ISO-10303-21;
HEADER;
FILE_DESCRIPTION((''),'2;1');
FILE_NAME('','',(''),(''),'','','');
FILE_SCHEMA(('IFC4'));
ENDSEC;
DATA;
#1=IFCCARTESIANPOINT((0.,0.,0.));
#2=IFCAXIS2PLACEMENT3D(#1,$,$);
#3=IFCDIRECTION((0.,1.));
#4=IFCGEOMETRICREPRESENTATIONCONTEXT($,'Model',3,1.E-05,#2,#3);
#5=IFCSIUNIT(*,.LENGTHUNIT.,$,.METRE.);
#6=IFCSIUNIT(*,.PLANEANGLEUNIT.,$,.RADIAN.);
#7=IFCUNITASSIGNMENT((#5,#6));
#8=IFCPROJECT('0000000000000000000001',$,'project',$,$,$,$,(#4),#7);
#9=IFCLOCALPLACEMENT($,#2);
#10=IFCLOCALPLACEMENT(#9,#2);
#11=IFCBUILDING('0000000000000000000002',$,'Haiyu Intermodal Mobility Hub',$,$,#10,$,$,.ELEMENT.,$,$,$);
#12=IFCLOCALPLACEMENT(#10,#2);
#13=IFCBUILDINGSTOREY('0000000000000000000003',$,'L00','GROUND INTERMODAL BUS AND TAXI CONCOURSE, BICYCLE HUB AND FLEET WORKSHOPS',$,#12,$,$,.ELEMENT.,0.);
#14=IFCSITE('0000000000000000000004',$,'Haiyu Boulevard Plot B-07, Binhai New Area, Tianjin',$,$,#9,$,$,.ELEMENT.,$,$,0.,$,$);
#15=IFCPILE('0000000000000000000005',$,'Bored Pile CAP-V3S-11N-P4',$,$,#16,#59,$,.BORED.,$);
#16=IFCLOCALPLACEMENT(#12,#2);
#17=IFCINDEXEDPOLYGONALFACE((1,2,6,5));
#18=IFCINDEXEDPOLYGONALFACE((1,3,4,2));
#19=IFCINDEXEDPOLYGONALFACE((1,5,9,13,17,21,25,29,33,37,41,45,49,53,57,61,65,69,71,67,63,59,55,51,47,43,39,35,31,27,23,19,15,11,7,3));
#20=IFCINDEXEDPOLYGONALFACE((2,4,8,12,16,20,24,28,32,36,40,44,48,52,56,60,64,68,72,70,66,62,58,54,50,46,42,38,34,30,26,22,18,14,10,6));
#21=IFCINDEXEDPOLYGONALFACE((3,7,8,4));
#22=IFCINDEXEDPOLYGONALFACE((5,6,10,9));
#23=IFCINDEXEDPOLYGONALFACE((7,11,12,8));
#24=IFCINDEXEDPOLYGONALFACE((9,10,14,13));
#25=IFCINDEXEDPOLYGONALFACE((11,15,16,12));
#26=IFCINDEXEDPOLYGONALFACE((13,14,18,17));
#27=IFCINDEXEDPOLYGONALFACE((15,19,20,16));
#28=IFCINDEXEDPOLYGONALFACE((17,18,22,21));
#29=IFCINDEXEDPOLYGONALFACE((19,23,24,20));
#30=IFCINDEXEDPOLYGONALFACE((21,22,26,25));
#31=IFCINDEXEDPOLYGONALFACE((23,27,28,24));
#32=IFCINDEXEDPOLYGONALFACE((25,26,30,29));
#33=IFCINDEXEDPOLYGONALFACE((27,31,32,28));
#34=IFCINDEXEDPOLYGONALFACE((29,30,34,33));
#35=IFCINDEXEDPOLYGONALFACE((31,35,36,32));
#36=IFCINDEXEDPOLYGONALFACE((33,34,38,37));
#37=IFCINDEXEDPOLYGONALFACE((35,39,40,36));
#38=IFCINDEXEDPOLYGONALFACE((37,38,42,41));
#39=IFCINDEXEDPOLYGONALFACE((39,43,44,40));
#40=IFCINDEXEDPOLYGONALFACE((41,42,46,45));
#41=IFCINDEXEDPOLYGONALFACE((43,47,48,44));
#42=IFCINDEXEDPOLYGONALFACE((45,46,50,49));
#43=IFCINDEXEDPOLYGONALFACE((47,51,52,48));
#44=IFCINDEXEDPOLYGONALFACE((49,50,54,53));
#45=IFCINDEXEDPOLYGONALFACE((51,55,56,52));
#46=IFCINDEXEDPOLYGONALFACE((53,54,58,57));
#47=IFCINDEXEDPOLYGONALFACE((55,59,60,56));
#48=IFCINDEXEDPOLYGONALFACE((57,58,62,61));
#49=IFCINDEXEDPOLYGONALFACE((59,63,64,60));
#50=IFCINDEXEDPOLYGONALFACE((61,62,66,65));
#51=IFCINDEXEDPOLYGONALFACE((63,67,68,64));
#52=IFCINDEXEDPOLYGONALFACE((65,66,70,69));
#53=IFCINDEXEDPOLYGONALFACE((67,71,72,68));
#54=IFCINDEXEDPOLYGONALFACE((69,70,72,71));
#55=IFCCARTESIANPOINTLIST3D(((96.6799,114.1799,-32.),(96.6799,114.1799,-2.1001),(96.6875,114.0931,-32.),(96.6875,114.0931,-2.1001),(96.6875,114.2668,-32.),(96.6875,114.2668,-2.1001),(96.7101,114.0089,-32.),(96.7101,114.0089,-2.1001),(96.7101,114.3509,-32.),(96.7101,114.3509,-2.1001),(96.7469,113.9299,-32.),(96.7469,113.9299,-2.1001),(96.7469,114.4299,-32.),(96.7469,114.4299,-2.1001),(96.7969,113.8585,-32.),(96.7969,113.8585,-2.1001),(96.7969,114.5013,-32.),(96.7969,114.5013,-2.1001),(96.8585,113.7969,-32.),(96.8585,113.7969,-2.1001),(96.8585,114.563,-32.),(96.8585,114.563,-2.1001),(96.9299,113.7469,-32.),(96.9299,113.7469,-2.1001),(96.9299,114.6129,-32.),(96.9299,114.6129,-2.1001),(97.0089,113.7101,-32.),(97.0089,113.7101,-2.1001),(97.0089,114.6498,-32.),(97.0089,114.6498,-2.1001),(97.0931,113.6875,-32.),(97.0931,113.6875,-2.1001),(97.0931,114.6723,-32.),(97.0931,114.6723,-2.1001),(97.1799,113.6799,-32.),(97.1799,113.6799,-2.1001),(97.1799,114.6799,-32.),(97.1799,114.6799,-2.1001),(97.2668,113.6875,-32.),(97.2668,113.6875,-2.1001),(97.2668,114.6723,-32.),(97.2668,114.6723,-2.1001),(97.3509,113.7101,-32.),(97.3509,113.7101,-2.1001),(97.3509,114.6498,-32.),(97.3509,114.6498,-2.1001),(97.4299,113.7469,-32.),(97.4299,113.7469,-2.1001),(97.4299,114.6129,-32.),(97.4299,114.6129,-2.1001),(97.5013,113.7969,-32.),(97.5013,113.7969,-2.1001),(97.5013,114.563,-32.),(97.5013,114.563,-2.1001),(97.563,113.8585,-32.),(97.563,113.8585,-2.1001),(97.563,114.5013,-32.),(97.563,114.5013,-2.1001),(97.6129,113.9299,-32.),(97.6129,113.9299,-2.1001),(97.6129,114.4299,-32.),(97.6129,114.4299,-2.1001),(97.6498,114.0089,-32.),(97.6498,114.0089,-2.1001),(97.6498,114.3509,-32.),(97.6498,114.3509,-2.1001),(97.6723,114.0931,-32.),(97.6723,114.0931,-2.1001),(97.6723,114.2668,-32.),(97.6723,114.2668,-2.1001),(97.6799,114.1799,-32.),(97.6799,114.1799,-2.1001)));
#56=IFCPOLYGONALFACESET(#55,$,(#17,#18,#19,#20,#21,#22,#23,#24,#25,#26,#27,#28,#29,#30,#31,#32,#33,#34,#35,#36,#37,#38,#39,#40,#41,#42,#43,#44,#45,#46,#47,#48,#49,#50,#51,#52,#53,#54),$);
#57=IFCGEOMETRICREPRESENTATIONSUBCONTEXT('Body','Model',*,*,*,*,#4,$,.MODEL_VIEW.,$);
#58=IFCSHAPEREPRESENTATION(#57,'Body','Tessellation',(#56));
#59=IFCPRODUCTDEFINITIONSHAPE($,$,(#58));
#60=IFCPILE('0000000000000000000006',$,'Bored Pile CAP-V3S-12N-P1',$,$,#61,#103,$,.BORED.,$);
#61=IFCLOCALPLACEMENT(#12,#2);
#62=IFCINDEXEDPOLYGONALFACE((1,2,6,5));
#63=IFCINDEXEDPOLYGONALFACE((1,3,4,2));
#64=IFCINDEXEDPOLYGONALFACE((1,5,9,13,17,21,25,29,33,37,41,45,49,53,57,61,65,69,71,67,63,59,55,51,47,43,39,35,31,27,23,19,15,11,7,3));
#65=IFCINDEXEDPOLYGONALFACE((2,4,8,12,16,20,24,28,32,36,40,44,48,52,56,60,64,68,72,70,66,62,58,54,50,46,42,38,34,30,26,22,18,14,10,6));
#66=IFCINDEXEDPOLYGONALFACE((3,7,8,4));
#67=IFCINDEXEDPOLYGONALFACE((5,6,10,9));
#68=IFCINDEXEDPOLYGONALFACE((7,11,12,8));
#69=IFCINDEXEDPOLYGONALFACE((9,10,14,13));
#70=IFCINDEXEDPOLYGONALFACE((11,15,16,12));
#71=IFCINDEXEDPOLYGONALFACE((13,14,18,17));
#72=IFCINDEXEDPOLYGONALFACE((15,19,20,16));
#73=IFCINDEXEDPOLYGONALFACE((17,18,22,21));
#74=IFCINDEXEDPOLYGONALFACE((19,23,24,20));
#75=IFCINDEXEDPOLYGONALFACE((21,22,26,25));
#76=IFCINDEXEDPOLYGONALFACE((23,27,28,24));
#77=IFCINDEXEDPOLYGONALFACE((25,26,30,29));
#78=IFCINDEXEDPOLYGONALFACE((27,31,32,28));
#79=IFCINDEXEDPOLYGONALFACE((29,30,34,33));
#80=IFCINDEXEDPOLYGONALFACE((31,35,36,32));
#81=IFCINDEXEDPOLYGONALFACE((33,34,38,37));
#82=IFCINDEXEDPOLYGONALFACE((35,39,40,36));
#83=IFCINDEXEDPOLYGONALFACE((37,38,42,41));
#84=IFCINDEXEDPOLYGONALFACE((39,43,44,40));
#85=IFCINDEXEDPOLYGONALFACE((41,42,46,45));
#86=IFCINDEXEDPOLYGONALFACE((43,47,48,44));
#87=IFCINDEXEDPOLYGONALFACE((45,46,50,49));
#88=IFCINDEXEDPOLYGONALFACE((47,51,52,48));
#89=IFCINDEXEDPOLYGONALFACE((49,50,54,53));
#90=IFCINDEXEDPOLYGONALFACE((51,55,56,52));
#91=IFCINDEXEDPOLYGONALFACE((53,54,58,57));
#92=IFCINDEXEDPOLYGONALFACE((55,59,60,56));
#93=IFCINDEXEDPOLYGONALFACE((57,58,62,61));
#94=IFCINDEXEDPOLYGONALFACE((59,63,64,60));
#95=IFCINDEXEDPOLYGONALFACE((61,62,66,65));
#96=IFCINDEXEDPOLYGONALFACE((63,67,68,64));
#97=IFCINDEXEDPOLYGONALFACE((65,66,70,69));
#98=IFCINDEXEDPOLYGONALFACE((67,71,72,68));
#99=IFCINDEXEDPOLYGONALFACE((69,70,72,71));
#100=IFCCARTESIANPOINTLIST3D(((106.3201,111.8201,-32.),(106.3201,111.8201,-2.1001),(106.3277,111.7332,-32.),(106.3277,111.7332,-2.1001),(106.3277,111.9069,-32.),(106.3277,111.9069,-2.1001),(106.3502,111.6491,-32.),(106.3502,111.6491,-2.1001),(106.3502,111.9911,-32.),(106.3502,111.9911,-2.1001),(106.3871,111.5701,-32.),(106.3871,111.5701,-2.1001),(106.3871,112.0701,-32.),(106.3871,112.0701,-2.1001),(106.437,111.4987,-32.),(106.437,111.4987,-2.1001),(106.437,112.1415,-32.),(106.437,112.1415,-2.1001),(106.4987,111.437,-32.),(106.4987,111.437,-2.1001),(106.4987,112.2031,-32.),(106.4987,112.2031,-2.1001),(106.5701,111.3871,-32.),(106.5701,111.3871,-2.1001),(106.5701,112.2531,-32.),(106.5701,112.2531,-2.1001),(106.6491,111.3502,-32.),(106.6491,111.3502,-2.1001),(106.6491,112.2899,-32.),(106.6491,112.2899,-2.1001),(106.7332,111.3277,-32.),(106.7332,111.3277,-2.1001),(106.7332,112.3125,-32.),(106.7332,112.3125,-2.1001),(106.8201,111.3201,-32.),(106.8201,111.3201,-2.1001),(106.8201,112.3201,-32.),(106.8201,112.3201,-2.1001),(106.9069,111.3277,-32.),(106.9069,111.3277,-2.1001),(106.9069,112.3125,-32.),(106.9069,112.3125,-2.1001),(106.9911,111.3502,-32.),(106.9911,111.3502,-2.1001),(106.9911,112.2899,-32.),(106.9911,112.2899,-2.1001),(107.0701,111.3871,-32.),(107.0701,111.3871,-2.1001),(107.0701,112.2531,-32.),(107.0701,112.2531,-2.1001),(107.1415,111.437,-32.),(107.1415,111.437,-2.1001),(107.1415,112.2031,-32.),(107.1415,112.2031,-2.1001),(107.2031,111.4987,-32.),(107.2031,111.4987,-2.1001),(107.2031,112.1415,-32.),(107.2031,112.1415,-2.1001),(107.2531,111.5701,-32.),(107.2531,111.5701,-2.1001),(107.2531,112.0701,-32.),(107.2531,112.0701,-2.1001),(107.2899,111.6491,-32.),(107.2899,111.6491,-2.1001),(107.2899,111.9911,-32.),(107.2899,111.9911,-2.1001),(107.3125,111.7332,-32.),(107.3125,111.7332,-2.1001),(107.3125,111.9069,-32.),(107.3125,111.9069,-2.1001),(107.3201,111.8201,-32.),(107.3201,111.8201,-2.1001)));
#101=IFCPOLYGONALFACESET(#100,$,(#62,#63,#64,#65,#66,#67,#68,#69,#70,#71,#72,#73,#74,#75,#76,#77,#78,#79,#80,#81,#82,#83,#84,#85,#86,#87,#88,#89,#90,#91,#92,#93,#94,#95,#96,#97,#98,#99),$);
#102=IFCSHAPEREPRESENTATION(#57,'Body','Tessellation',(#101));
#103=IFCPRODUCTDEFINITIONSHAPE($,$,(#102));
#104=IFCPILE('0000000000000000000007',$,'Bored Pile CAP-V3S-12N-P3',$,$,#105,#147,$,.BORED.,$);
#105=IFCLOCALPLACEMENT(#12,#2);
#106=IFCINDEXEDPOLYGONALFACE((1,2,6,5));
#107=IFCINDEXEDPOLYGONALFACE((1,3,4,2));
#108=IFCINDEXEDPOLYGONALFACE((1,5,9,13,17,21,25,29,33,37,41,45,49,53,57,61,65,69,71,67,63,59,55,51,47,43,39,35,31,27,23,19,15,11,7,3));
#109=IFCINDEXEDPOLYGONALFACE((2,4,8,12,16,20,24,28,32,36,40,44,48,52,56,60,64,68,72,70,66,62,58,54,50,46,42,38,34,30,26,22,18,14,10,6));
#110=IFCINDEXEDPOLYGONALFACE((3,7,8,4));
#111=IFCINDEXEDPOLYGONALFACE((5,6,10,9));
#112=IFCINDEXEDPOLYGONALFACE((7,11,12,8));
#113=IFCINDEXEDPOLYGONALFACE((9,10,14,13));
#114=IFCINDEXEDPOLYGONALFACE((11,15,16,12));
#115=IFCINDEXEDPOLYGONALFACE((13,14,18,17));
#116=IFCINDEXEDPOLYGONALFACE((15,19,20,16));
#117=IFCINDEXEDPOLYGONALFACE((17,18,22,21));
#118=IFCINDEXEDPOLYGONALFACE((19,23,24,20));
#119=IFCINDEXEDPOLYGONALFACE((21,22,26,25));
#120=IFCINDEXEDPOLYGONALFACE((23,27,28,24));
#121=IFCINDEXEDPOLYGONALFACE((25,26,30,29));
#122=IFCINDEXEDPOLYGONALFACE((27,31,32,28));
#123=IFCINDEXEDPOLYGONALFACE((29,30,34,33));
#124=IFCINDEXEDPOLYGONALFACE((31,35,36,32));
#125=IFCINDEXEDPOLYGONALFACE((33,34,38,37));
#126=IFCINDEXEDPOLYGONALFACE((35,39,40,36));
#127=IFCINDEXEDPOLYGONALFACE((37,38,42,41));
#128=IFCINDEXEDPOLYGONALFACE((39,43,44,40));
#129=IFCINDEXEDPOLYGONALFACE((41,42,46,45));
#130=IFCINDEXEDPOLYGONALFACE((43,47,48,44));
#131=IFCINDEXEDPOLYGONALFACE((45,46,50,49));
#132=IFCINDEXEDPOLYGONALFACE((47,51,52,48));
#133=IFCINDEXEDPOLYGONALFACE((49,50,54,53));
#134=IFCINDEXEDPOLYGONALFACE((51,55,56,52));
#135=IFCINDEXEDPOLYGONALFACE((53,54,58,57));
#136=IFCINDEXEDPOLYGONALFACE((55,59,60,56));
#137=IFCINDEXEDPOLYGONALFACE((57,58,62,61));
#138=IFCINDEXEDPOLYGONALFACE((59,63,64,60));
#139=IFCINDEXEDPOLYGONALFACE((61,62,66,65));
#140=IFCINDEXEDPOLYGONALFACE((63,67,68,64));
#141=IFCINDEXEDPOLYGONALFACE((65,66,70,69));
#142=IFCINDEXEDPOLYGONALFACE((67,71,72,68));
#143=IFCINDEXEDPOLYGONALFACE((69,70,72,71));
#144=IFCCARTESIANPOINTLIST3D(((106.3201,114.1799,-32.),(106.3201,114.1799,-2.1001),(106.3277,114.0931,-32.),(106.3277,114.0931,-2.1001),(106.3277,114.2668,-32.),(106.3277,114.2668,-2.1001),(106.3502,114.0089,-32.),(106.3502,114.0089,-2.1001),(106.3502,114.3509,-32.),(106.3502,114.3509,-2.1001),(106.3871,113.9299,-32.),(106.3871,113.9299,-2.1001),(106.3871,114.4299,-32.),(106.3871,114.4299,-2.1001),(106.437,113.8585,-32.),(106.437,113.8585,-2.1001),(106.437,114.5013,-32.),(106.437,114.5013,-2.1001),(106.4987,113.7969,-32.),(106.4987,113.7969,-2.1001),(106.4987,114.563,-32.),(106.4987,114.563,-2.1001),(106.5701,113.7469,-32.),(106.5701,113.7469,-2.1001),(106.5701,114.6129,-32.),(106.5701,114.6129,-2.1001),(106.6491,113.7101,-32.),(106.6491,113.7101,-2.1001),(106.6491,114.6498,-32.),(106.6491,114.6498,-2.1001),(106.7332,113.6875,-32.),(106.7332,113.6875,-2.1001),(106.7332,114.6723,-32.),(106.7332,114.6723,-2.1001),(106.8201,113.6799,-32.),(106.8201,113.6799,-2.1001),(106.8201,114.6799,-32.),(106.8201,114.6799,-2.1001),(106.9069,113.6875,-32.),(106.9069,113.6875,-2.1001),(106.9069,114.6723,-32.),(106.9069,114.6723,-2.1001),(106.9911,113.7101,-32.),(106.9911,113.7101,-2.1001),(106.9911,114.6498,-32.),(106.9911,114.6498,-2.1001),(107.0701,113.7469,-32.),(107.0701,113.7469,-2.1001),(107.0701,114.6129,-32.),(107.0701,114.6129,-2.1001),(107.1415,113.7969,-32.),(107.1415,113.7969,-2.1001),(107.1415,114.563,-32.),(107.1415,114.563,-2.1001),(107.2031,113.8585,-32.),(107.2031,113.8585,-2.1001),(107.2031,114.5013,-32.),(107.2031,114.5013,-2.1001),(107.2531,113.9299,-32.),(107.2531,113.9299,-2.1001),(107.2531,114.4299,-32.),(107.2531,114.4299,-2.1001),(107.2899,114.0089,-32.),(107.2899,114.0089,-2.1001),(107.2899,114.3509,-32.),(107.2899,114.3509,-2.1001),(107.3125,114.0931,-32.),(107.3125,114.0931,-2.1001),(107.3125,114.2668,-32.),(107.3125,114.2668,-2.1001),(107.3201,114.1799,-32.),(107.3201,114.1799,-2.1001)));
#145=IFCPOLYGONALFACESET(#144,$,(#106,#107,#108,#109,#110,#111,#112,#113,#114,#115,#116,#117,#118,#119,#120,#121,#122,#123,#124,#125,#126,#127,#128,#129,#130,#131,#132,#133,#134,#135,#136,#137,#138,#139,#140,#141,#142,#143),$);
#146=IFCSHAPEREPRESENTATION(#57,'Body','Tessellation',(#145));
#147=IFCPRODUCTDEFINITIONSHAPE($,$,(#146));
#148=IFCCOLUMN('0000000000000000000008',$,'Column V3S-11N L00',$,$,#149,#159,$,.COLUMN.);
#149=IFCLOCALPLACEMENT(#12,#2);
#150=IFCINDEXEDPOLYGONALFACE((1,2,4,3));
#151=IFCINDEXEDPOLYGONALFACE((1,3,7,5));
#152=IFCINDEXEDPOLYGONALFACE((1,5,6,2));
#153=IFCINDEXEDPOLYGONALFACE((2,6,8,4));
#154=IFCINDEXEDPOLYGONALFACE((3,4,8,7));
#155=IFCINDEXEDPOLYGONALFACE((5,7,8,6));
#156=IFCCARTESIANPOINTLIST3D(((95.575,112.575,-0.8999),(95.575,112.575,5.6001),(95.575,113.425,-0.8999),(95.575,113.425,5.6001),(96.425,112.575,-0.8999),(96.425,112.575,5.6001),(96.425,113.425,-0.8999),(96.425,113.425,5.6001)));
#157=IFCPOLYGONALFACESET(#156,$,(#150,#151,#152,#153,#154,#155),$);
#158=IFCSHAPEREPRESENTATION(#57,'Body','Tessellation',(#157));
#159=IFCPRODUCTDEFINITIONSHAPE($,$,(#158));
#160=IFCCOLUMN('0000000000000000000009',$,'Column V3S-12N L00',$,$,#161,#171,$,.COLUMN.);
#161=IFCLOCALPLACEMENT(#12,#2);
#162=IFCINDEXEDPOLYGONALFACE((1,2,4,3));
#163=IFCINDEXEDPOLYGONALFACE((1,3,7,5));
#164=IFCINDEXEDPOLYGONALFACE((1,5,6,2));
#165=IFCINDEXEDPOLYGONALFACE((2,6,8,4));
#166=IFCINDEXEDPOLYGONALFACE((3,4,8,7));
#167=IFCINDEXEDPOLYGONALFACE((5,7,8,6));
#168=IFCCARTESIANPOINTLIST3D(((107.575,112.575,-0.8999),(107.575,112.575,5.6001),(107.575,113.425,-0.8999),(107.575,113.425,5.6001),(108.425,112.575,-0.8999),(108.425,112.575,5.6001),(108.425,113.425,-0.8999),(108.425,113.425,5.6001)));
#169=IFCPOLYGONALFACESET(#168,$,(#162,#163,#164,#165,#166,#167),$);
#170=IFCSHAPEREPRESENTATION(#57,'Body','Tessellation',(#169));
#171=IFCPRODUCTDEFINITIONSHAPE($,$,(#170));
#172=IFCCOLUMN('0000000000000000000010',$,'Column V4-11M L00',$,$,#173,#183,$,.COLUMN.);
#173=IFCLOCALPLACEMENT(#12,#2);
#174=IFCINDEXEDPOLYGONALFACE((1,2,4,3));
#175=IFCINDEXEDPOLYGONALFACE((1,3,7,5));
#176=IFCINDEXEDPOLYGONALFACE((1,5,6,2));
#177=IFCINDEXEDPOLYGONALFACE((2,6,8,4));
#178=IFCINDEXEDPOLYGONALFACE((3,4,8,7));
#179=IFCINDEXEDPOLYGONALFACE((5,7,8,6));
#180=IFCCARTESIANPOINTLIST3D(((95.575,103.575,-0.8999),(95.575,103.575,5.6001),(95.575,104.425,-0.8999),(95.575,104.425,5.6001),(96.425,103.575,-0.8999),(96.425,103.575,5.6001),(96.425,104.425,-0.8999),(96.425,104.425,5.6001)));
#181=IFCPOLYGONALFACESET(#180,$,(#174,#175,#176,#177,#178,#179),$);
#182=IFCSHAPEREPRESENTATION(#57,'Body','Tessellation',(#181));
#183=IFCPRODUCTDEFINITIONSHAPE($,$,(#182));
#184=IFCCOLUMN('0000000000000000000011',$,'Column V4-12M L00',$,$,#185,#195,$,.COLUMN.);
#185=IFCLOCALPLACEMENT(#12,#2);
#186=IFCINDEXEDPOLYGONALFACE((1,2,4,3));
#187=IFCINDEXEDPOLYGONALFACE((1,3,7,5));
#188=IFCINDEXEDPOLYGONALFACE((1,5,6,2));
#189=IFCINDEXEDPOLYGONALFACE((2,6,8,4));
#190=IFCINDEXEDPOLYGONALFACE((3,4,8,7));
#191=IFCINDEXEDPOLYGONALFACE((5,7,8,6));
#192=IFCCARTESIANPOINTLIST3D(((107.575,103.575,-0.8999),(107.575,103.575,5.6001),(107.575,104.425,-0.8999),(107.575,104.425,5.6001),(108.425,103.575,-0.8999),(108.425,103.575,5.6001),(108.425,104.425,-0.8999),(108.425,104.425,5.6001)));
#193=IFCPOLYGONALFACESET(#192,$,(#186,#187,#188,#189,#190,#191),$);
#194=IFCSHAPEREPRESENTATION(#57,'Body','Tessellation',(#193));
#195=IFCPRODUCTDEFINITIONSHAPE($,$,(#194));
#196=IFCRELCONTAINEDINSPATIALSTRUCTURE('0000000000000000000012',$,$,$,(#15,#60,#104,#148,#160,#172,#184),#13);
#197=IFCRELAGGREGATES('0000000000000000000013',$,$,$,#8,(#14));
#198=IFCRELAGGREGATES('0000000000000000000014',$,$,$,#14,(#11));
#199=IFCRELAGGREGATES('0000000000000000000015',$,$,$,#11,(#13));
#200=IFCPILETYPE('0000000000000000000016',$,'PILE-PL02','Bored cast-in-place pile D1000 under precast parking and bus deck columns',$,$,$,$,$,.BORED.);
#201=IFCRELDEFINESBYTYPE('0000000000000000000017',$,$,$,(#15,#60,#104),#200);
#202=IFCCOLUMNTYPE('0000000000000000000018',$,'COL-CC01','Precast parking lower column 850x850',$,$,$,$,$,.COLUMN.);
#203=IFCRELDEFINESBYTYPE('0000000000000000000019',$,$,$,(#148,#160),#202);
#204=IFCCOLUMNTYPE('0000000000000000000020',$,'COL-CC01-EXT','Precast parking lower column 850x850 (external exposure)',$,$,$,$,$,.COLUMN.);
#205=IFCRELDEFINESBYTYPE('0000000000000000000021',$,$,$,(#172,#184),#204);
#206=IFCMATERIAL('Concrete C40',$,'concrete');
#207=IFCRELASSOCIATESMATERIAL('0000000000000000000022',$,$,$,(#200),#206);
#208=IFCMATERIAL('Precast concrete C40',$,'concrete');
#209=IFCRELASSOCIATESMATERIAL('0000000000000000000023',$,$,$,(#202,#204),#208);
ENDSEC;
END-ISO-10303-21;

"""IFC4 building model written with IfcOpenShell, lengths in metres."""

from ifc_helpers import new_model, si_unit, direction, frame, origin, origin_2d, place, context, subcontext, project, spatial, rectangle, circle, extrude, material, material_profile, profile_set, type_object, element, save


model = new_model("IFC4")

# Units and contexts
model_context = context("Model", 3, precision=1e-05, world=origin(), true_north=direction((0.0, 1.0)))
body_context = subcontext(model_context, "Body", "Model", "MODEL_VIEW")
ifc_project = project(units=[si_unit("LENGTHUNIT", "METRE"), si_unit("PLANEANGLEUNIT", "RADIAN")], contexts=[model_context])

# Site, building, storey
site_placement = place(None, origin())
site = spatial("IfcSite", under=ifc_project, at=site_placement, Name="Haiyu Boulevard Plot B-07, Binhai New Area, Tianjin", CompositionType="ELEMENT", RefElevation=0.0)
building_placement = place(site_placement, origin())
building = spatial("IfcBuilding", under=site, at=building_placement, Name="Haiyu Intermodal Mobility Hub", CompositionType="ELEMENT")
storey_placement = place(building_placement, origin())
storey = spatial("IfcBuildingStorey", under=building, at=storey_placement, Name="L00", Description="GROUND INTERMODAL BUS AND TAXI CONCOURSE, BICYCLE HUB AND FLEET WORKSHOPS", CompositionType="ELEMENT", Elevation=0.0)

# Shared definitions
ifc_material_1 = material(Name="Concrete C40", Category="concrete")

# Piles
ifc_material_profile_1 = material_profile(ifc_material_1, circle(Radius=0.5, at=origin_2d()), Name="PILE-D1000")
ifc_profile_set_1 = profile_set([ifc_material_profile_1], Name="Concrete C40")
pile_type = type_object("IfcPileType", Name="PILE-PL02", Description="Bored cast-in-place pile D1000 under precast parking and bus deck columns", PredefinedType="BORED", material=ifc_profile_set_1)
for number, where, z_axis, x_axis, name in (
    (1, (97.1799, 114.1799, -2.1001), (0.0, 0.0, -1.0), (1.0, 0.0, 0.0), "Bored Pile CAP-V3S-11N-P4"),
    (2, (106.8201, 111.8201, -2.1001), (0.0, 0.0, -1.0), (1.0, 0.0, 0.0), "Bored Pile CAP-V3S-12N-P1"),
    (3, (106.8201, 114.1799, -2.1001), (0.0, 0.0, -1.0), (1.0, 0.0, 0.0), "Bored Pile CAP-V3S-12N-P3"),
):
    element("IfcPile", number, at=place(storey_placement, frame(where, z_axis=z_axis, x_axis=x_axis)), inside=storey, type_object=pile_type, Name=name, PredefinedType="BORED", context=body_context, shape_type="SweptSolid", body=[
        extrude(circle(Radius=0.5, at=origin_2d()), origin(), (0.0, 0.0, 1.0), 29.8999),
    ])

# Columns
ifc_material_2 = material(Name="Precast concrete C40", Category="concrete")
ifc_material_profile_2 = material_profile(ifc_material_2, rectangle(XDim=0.8501, YDim=0.8501, at=origin_2d()), Name="RC850x850")
ifc_profile_set_2 = profile_set([ifc_material_profile_2], Name="Precast concrete C40")
column_type_1 = type_object("IfcColumnType", Name="COL-CC01", Description="Precast parking lower column 850x850", PredefinedType="COLUMN", material=ifc_profile_set_2)
for number, where, z_axis, x_axis, name in (
    (4, (96.0, 113.0, -0.8999), (0.0, 0.0, 1.0), (1.0, 0.0, 0.0), "Column V3S-11N L00"),
    (5, (108.0, 113.0, -0.8999), (0.0, 0.0, 1.0), (1.0, 0.0, 0.0), "Column V3S-12N L00"),
):
    element("IfcColumn", number, at=place(storey_placement, frame(where, z_axis=z_axis, x_axis=x_axis)), inside=storey, type_object=column_type_1, Name=name, PredefinedType="COLUMN", context=body_context, shape_type="SweptSolid", body=[
        extrude(rectangle(XDim=0.8501, YDim=0.8501, at=origin_2d()), origin(), (0.0, 0.0, 1.0), 6.5),
    ])
ifc_material_profile_3 = material_profile(ifc_material_2, rectangle(XDim=0.8501, YDim=0.8501, at=origin_2d()), Name="RC850x850")
ifc_profile_set_3 = profile_set([ifc_material_profile_3], Name="Precast concrete C40")
column_type_2 = type_object("IfcColumnType", Name="COL-CC01-EXT", Description="Precast parking lower column 850x850 (external exposure)", PredefinedType="COLUMN", material=ifc_profile_set_3)
for number, where, z_axis, x_axis, name in (
    (6, (96.0, 104.0, -0.8999), (0.0, 0.0, 1.0), (1.0, 0.0, 0.0), "Column V4-11M L00"),
    (7, (108.0, 104.0, -0.8999), (0.0, 0.0, 1.0), (1.0, 0.0, 0.0), "Column V4-12M L00"),
):
    element("IfcColumn", number, at=place(storey_placement, frame(where, z_axis=z_axis, x_axis=x_axis)), inside=storey, type_object=column_type_2, Name=name, PredefinedType="COLUMN", context=body_context, shape_type="SweptSolid", body=[
        extrude(rectangle(XDim=0.8501, YDim=0.8501, at=origin_2d()), origin(), (0.0, 0.0, 1.0), 6.5),
    ])

save(model, "model.ifc")
